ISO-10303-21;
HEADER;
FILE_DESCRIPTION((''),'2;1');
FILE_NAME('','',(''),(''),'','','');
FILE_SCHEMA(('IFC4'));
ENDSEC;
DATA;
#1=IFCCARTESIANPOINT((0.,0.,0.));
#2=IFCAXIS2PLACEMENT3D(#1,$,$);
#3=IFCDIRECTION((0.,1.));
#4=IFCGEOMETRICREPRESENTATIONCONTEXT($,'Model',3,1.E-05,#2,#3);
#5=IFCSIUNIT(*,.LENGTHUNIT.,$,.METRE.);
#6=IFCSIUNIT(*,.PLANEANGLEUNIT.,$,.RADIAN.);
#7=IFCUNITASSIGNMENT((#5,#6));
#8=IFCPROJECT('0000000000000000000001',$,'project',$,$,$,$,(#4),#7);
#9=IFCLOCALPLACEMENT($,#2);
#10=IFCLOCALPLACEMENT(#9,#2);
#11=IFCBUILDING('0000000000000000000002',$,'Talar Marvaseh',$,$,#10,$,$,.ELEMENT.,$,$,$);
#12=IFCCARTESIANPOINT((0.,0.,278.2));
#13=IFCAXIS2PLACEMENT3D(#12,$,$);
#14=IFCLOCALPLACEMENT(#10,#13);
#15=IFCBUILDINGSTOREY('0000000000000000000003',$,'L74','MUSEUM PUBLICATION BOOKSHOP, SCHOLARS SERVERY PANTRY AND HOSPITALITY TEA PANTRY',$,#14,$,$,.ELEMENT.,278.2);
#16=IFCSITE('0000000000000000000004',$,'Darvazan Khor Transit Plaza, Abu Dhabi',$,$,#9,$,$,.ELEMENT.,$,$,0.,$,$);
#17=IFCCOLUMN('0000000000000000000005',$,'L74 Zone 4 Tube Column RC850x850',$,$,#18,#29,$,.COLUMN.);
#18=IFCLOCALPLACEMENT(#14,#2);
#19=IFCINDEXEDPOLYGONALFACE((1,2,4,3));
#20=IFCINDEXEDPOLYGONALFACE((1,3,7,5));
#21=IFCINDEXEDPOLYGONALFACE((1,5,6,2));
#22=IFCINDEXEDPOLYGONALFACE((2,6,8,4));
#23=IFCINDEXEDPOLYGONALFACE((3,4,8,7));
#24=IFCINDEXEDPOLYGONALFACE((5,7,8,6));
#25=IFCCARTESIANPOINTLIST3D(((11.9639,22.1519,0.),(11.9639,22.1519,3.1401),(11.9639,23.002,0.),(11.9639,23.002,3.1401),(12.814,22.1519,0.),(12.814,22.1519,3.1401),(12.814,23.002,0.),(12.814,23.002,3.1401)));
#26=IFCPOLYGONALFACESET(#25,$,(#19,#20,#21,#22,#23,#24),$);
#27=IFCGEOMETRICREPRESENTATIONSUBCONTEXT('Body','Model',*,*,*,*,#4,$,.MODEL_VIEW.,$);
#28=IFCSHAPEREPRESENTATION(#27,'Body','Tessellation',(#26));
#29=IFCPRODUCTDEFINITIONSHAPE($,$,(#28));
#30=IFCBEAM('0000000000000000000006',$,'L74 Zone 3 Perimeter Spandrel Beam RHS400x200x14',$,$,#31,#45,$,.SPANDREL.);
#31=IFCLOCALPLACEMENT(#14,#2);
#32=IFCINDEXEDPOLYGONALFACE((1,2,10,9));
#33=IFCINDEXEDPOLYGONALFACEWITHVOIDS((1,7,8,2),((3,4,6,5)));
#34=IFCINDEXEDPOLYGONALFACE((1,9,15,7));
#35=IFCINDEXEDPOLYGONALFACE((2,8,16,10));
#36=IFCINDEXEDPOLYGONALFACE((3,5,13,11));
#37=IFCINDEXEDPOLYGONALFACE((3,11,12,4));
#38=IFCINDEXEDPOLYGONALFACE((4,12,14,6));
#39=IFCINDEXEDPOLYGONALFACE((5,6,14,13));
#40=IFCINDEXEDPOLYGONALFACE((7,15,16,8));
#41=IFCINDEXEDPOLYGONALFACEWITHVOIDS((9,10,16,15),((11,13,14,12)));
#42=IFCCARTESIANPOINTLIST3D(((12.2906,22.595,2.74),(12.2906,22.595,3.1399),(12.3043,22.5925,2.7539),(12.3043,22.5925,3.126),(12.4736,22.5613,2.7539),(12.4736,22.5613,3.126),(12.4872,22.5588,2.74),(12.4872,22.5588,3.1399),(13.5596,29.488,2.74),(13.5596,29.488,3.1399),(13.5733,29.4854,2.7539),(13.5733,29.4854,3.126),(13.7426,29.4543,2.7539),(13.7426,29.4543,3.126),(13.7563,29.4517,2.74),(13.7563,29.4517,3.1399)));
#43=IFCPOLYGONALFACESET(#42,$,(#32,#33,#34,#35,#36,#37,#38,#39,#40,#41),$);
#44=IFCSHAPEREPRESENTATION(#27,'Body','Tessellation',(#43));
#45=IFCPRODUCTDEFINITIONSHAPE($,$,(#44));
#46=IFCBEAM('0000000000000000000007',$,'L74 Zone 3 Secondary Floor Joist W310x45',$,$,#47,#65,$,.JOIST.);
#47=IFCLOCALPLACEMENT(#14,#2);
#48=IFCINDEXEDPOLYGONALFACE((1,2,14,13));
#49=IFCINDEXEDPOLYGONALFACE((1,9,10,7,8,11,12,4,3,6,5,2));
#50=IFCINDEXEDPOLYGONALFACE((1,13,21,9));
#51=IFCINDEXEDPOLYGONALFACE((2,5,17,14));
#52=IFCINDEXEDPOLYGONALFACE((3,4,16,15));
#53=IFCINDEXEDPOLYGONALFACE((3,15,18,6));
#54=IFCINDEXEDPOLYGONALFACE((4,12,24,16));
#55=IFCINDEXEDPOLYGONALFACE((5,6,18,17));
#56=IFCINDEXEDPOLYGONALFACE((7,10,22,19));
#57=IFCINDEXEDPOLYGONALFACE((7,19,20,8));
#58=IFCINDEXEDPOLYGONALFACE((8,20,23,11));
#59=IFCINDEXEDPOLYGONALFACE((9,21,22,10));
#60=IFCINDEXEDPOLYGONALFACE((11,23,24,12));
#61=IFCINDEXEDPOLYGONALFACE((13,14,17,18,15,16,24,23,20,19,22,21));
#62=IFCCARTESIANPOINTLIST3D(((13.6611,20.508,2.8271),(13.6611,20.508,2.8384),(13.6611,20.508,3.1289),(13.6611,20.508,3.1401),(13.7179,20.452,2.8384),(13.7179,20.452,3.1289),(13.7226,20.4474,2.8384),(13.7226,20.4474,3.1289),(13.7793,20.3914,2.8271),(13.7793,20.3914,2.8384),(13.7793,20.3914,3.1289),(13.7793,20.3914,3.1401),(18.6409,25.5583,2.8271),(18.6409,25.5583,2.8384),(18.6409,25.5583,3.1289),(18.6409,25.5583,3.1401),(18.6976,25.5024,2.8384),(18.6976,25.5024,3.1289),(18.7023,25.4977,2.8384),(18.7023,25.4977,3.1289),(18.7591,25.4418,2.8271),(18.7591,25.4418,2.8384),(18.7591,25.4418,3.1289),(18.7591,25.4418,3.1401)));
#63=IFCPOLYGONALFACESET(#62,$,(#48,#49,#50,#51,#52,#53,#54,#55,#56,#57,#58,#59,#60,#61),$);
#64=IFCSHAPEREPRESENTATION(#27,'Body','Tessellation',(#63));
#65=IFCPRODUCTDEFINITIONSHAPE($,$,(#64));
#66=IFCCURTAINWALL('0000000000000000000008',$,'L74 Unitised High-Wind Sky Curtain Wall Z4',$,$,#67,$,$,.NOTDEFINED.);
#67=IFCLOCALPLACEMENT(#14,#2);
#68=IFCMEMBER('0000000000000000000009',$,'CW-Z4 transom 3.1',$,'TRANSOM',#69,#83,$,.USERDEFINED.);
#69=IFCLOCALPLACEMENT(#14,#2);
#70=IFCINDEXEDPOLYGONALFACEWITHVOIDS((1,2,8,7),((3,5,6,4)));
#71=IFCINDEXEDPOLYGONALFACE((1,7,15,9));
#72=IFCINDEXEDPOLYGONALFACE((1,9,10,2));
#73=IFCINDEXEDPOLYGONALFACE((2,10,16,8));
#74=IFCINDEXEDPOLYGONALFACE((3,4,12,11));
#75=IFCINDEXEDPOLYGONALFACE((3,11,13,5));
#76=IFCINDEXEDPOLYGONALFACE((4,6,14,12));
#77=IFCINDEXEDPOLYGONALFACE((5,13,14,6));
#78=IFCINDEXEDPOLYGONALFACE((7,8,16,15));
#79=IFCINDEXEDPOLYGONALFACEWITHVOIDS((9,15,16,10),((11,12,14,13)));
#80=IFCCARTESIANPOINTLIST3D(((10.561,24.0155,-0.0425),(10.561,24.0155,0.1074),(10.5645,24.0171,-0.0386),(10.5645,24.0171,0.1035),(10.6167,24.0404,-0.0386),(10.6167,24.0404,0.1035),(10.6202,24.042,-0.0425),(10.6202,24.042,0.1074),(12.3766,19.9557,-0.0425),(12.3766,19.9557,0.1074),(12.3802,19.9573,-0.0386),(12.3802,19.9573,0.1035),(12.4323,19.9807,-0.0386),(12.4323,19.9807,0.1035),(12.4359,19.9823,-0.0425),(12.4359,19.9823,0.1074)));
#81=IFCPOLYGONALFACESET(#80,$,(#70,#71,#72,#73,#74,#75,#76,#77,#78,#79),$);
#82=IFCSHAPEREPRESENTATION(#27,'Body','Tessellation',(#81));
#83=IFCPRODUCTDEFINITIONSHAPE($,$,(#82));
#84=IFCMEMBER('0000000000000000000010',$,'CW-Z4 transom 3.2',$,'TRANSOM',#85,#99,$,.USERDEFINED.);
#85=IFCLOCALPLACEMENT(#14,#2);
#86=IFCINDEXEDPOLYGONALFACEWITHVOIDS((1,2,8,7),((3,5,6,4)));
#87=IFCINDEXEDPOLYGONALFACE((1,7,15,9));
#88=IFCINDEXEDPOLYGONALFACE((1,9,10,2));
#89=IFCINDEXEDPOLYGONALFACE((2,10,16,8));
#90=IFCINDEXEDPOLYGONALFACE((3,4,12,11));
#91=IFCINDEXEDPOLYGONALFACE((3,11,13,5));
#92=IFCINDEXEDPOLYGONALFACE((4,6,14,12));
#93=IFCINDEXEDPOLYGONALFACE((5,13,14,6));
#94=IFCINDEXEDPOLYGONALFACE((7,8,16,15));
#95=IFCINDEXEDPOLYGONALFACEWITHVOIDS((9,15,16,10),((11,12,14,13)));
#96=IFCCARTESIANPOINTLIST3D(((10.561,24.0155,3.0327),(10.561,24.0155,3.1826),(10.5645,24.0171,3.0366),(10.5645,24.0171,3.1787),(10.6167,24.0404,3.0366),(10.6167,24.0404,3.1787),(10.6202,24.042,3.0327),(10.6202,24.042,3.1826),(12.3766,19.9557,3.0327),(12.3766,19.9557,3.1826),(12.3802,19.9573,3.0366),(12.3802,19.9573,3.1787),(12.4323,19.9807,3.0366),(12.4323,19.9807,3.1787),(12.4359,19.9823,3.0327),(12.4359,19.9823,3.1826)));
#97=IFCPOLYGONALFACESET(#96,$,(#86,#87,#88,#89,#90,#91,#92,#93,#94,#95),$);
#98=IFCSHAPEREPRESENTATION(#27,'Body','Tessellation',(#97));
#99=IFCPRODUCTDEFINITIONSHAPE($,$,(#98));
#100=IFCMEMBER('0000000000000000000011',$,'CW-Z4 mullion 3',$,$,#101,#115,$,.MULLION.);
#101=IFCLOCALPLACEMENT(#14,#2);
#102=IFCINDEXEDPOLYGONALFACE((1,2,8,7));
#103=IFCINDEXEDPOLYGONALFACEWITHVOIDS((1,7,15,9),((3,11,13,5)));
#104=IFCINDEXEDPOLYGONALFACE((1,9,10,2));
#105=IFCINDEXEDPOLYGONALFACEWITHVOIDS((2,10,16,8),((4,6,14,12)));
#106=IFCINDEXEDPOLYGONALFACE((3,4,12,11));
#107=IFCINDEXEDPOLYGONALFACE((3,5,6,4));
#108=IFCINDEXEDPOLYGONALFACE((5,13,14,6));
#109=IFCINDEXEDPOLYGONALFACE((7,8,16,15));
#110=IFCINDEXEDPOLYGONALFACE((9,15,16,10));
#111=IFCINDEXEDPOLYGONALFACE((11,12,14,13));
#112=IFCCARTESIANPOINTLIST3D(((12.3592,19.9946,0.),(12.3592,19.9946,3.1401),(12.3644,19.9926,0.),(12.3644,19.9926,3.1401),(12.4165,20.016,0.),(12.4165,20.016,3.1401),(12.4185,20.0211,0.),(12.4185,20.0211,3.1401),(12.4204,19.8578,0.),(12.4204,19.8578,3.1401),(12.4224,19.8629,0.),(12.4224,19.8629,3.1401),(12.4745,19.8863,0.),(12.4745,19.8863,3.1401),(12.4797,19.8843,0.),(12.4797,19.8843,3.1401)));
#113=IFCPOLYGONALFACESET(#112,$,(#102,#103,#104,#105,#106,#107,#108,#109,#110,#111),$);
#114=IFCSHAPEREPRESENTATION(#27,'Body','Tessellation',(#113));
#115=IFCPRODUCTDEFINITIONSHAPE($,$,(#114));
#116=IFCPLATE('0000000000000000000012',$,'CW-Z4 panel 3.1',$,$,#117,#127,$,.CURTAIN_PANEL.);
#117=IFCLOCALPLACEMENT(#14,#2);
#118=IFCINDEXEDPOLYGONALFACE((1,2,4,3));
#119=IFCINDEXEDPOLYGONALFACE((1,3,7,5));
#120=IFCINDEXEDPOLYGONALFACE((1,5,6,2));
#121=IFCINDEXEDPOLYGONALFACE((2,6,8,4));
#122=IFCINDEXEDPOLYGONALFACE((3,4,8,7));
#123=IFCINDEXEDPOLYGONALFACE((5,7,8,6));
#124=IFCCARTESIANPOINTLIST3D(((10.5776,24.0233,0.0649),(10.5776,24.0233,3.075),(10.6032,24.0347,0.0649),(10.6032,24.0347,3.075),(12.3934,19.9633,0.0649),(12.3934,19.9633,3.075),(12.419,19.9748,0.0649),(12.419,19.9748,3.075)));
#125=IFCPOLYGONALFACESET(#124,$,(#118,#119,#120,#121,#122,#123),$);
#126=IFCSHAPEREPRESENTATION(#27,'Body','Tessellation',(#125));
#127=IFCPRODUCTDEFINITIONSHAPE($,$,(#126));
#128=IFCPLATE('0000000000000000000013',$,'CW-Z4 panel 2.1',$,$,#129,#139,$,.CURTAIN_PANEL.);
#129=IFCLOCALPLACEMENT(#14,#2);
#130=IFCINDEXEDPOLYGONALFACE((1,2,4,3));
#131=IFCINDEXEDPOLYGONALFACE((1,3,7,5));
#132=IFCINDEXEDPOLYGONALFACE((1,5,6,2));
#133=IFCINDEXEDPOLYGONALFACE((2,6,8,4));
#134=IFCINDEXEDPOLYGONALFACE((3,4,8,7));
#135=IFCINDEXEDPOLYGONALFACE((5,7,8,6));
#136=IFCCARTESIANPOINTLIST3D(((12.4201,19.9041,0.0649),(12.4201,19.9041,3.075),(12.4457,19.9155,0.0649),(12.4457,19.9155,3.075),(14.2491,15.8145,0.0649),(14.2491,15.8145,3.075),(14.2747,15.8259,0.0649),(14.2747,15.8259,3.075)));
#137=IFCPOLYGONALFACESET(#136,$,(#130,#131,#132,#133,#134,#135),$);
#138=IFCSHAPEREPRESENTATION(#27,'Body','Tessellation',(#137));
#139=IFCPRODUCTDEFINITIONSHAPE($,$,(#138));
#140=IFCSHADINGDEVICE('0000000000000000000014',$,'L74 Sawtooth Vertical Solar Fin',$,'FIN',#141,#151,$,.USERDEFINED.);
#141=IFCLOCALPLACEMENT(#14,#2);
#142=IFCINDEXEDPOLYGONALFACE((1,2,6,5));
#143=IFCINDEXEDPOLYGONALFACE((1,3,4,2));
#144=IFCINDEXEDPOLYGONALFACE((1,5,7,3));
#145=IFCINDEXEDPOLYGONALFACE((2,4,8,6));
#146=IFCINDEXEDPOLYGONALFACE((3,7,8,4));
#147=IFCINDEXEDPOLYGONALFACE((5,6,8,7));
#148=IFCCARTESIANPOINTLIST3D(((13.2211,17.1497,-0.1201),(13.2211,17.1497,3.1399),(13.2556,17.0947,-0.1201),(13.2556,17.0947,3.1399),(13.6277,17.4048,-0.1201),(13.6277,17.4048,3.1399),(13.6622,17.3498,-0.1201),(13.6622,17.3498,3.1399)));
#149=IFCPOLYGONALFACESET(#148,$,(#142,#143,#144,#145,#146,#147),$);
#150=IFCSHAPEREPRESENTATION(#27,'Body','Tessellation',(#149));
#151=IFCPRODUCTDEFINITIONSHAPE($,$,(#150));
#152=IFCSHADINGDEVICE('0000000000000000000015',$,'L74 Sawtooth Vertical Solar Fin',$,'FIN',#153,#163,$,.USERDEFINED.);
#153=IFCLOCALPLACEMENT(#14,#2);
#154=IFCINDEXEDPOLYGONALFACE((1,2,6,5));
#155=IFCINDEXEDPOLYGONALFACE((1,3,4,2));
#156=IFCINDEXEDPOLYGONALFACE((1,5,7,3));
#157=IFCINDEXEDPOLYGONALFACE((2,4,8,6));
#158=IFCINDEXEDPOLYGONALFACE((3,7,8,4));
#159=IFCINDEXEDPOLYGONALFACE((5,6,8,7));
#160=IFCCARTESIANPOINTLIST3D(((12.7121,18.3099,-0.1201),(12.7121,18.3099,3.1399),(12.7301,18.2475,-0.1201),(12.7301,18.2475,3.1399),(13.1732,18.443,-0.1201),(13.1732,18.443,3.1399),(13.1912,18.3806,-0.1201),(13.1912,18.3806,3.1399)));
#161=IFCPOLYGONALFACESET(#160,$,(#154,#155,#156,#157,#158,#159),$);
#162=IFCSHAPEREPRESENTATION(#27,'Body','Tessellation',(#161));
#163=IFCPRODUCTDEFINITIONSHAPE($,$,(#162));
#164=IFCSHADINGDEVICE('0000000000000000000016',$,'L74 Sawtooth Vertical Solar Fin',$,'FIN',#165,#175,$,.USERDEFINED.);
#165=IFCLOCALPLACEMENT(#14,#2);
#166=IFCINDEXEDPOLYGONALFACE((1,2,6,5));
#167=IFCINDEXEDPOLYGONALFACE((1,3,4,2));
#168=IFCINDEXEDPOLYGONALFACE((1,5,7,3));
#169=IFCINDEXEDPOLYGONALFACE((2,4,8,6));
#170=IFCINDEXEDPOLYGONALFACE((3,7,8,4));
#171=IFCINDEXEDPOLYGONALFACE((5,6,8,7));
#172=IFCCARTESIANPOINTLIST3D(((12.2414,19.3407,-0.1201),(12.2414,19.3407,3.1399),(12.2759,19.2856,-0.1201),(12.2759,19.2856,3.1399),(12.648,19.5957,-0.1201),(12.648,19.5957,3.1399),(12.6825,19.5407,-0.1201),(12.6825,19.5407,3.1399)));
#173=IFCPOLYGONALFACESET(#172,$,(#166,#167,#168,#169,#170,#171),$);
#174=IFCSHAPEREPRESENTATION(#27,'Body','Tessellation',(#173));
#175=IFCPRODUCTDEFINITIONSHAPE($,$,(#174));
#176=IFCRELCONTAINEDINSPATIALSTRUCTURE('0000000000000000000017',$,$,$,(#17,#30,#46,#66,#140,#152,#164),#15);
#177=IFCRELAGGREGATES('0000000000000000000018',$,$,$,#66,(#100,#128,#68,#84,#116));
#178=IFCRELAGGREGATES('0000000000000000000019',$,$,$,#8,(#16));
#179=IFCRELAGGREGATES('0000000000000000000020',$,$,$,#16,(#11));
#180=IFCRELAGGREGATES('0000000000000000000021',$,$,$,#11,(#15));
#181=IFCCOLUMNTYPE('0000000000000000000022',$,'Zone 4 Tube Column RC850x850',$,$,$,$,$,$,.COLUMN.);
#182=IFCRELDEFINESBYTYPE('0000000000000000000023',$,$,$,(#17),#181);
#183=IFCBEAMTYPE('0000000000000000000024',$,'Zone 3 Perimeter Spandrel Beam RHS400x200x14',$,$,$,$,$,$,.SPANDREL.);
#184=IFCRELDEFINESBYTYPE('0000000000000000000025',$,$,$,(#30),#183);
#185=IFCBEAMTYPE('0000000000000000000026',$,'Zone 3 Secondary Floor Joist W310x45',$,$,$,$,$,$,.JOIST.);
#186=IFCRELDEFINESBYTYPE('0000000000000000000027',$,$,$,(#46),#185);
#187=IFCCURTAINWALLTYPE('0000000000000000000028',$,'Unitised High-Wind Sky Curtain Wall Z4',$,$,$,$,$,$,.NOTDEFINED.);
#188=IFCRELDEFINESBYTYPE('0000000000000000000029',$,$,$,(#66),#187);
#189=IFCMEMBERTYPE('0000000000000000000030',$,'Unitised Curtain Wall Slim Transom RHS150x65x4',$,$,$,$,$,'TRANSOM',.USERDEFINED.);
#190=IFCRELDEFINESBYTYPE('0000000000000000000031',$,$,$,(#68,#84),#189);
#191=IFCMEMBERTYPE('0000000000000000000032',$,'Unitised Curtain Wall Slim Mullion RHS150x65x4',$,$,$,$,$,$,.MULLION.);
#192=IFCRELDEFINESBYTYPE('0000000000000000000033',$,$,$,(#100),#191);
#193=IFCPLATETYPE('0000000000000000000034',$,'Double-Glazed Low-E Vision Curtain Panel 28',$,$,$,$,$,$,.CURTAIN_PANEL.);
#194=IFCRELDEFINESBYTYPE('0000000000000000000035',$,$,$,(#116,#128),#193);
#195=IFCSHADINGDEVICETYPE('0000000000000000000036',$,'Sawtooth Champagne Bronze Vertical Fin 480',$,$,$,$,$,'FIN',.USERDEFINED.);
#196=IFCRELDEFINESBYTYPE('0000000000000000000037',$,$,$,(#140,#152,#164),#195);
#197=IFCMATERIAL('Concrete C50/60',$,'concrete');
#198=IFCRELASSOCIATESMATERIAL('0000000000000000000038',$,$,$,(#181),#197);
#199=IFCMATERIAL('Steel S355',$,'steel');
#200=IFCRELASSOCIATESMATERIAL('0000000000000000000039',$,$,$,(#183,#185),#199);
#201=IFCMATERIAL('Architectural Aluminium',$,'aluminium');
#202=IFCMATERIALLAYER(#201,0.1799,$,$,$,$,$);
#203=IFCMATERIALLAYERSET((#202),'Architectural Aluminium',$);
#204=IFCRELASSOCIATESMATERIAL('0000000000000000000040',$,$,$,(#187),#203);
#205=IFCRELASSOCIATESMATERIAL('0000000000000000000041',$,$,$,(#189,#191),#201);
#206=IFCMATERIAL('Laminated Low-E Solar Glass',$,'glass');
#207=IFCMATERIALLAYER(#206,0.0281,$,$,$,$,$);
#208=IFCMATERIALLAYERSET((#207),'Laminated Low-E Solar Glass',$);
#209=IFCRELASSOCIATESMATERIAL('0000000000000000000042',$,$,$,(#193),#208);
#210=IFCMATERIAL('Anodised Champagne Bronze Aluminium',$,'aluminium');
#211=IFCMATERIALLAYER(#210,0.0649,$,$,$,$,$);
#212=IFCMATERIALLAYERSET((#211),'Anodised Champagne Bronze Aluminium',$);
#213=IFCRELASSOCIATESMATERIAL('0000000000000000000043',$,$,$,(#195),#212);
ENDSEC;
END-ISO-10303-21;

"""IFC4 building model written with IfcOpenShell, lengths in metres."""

from ifc_helpers import new_model, si_unit, direction, frame, origin, origin_2d, place, context, subcontext, project, spatial, rectangle, hollow_rectangle, i_section, extrude, source, transform, mapped, material, layer, layer_set, material_profile, profile_set, type_object, type_shapes, element, aggregate, save


model = new_model("IFC4")

# Units and contexts
model_context = context("Model", 3, precision=1e-05, world=origin(), true_north=direction((0.0, 1.0)))
body_context = subcontext(model_context, "Body", "Model", "MODEL_VIEW")
ifc_project = project(units=[si_unit("LENGTHUNIT", "METRE"), si_unit("PLANEANGLEUNIT", "RADIAN")], contexts=[model_context])

# Site, building, storey
site_placement = place(None, origin())
site = spatial("IfcSite", under=ifc_project, at=site_placement, Name="Darvazan Khor Transit Plaza, Abu Dhabi", CompositionType="ELEMENT", RefElevation=0.0)
building_placement = place(site_placement, origin())
building = spatial("IfcBuilding", under=site, at=building_placement, Name="Talar Marvaseh", CompositionType="ELEMENT")
storey_placement = place(building_placement, frame((0.0, 0.0, 278.2)))
storey = spatial("IfcBuildingStorey", under=building, at=storey_placement, Name="L74", Description="MUSEUM PUBLICATION BOOKSHOP, SCHOLARS SERVERY PANTRY AND HOSPITALITY TEA PANTRY", CompositionType="ELEMENT", Elevation=278.2)

# Column
ifc_material_1 = material(Name="Concrete C50/60", Category="concrete")
ifc_material_profile_1 = material_profile(ifc_material_1, rectangle(XDim=0.8501, YDim=0.8501, at=origin_2d()), Name="RC850x850")
ifc_profile_set_1 = profile_set([ifc_material_profile_1], Name="Concrete C50/60")
column_type = type_object("IfcColumnType", Name="Zone 4 Tube Column RC850x850", PredefinedType="COLUMN", material=ifc_profile_set_1)
column_placement = place(storey_placement, frame((12.3889, 22.5769, 0.0), z_axis=(0.0, 0.0, 1.0), x_axis=(1.0, 0.0, 0.0)))
element("IfcColumn", 1, at=column_placement, inside=storey, type_object=column_type, Name="L74 Zone 4 Tube Column RC850x850", PredefinedType="COLUMN", context=body_context, shape_type="SweptSolid", body=[
    extrude(rectangle(XDim=0.8501, YDim=0.8501, at=origin_2d()), origin(), (0.0, 0.0, 1.0), 3.1401),
])

# Beams
ifc_material_2 = material(Name="Steel S355", Category="steel")
ifc_material_profile_2 = material_profile(ifc_material_2, hollow_rectangle(XDim=0.2, YDim=0.3999, WallThickness=0.0139, at=origin_2d()), Name="RHS400x200x14")
ifc_profile_set_2 = profile_set([ifc_material_profile_2], Name="Steel S355")
beam_type_1 = type_object("IfcBeamType", Name="Zone 3 Perimeter Spandrel Beam RHS400x200x14", PredefinedType="SPANDREL", material=ifc_profile_set_2)
beam_1_placement = place(storey_placement, frame((12.3889, 22.5769, 2.9399), z_axis=(0.181061, 0.983472, 0.0), x_axis=(-0.983472, 0.181061, 0.0)))
element("IfcBeam", 2, at=beam_1_placement, inside=storey, type_object=beam_type_1, Name="L74 Zone 3 Perimeter Spandrel Beam RHS400x200x14", PredefinedType="SPANDREL", context=body_context, shape_type="SweptSolid", body=[
    extrude(hollow_rectangle(XDim=0.2, YDim=0.3999, WallThickness=0.0139, at=origin_2d()), origin(), (0.0, 0.0, 1.0), 7.0088),
])
ifc_material_profile_3 = material_profile(ifc_material_2, i_section(OverallWidth=0.166, OverallDepth=0.313, WebThickness=0.0066, FlangeThickness=0.0112, at=origin_2d()), Name="W310x45")
ifc_profile_set_3 = profile_set([ifc_material_profile_3], Name="Steel S355")
beam_type_2 = type_object("IfcBeamType", Name="Zone 3 Secondary Floor Joist W310x45", PredefinedType="JOIST", material=ifc_profile_set_3)
beam_2_placement = place(storey_placement, frame((13.7202, 20.4497, 2.9836), z_axis=(0.702115, 0.712063, 0.0), x_axis=(-0.712063, 0.702115, 0.0)))
element("IfcBeam", 3, at=beam_2_placement, inside=storey, type_object=beam_type_2, Name="L74 Zone 3 Secondary Floor Joist W310x45", PredefinedType="JOIST", context=body_context, shape_type="SweptSolid", body=[
    extrude(i_section(OverallWidth=0.166, OverallDepth=0.313, WebThickness=0.0066, FlangeThickness=0.0112, at=origin_2d()), origin(), (0.0, 0.0, 1.0), 7.0925),
])

# Curtain wall, members, plates
ifc_material_3 = material(Name="Architectural Aluminium", Category="aluminium")
ifc_layer_1 = layer(ifc_material_3, 0.1799)
ifc_layer_set_1 = layer_set([ifc_layer_1], Name="Architectural Aluminium")
curtain_wall_type = type_object("IfcCurtainWallType", Name="Unitised High-Wind Sky Curtain Wall Z4", PredefinedType="NOTDEFINED", material=ifc_layer_set_1)
curtain_wall_placement = place(storey_placement, origin())
curtain_wall = element("IfcCurtainWall", 4, at=curtain_wall_placement, inside=storey, type_object=curtain_wall_type, Name="L74 Unitised High-Wind Sky Curtain Wall Z4", PredefinedType="NOTDEFINED")
ifc_material_profile_4 = material_profile(ifc_material_3, hollow_rectangle(XDim=0.0649, YDim=0.1499, WallThickness=0.0039, at=origin_2d()), Name="RHS150x65x4")
ifc_profile_set_4 = profile_set([ifc_material_profile_4], Name="Architectural Aluminium")
member_type_1 = type_object("IfcMemberType", Name="Unitised Curtain Wall Slim Transom RHS150x65x4", ElementType="TRANSOM", PredefinedType="USERDEFINED", material=ifc_profile_set_4)
shared_shape_1 = source(origin(), body_context, "Body", "SweptSolid", [
    extrude(hollow_rectangle(XDim=0.0649, YDim=0.1499, WallThickness=0.0039, at=origin_2d()), origin(), (0.0, 0.0, 1.0), 4.4473),
])
type_shapes(member_type_1, [shared_shape_1])
member_1_placement = place(storey_placement, frame((12.4062, 19.969, 0.0325), z_axis=(-0.408261, 0.912865, 0.0), x_axis=(-0.912865, -0.408261, 0.0)))
member_1 = element("IfcMember", 5, at=member_1_placement, type_object=member_type_1, Name="CW-Z4 transom 3.1", ObjectType="TRANSOM", PredefinedType="USERDEFINED", context=body_context, shape_type="MappedRepresentation", body=[
    mapped(shared_shape_1, transform((0.0, 0.0, 0.0), x_axis=(1.0, 0.0, 0.0), y_axis=(0.0, 1.0, 0.0), z_axis=(0.0, 0.0, 1.0), scale=1.0)),
])
member_2_placement = place(storey_placement, frame((12.4062, 19.969, 3.1077), z_axis=(-0.408261, 0.912865, 0.0), x_axis=(-0.912865, -0.408261, 0.0)))
member_2 = element("IfcMember", 6, at=member_2_placement, type_object=member_type_1, Name="CW-Z4 transom 3.2", ObjectType="TRANSOM", PredefinedType="USERDEFINED", context=body_context, shape_type="MappedRepresentation", body=[
    mapped(shared_shape_1, transform((0.0, 0.0, 0.0), x_axis=(1.0, 0.0, 0.0), y_axis=(0.0, 1.0, 0.0), z_axis=(0.0, 0.0, 1.0), scale=1.0)),
])
ifc_material_profile_5 = material_profile(ifc_material_3, hollow_rectangle(XDim=0.0649, YDim=0.1499, WallThickness=0.0039, at=origin_2d()), Name="RHS150x65x4")
ifc_profile_set_5 = profile_set([ifc_material_profile_5], Name="Architectural Aluminium")
member_type_2 = type_object("IfcMemberType", Name="Unitised Curtain Wall Slim Mullion RHS150x65x4", PredefinedType="MULLION", material=ifc_profile_set_5)
shared_shape_2 = source(origin(), body_context, "Body", "SweptSolid", [
    extrude(hollow_rectangle(XDim=0.0649, YDim=0.1499, WallThickness=0.0039, at=origin_2d()), origin(), (0.0, 0.0, 1.0), 3.1401),
])
type_shapes(member_type_2, [shared_shape_2])
member_3_placement = place(storey_placement, frame((12.4194, 19.9395, 0.0), z_axis=(0.0, 0.0, 1.0), x_axis=(-0.912862, -0.408267, 0.0)))
member_3 = element("IfcMember", 7, at=member_3_placement, type_object=member_type_2, Name="CW-Z4 mullion 3", PredefinedType="MULLION", context=body_context, shape_type="MappedRepresentation", body=[
    mapped(shared_shape_2, transform((0.0, 0.0, 0.0), x_axis=(1.0, 0.0, 0.0), y_axis=(0.0, 1.0, 0.0), z_axis=(0.0, 0.0, 1.0), scale=1.0)),
])
ifc_material_4 = material(Name="Laminated Low-E Solar Glass", Category="glass")
ifc_layer_2 = layer(ifc_material_4, 0.0281)
ifc_layer_set_2 = layer_set([ifc_layer_2], Name="Laminated Low-E Solar Glass")
plate_type = type_object("IfcPlateType", Name="Double-Glazed Low-E Vision Curtain Panel 28", PredefinedType="CURTAIN_PANEL", material=ifc_layer_set_2)
shared_shape_3 = source(origin(), body_context, "Body", "SweptSolid", [
    extrude(rectangle(XDim=4.4475, YDim=0.0281, at=origin_2d()), origin(), (0.0, 0.0, 1.0), 3.01),
])
plate_1_placement = place(storey_placement, frame((11.4983, 21.999, 0.0649), z_axis=(0.0, 0.0, 1.0), x_axis=(-0.408267, 0.912862, 0.0)))
plate_1 = element("IfcPlate", 8, at=plate_1_placement, type_object=plate_type, Name="CW-Z4 panel 3.1", PredefinedType="CURTAIN_PANEL", context=body_context, shape_type="MappedRepresentation", body=[
    mapped(shared_shape_3, transform((0.0, 0.0, 0.0), x_axis=(1.0, 0.0, 0.0), y_axis=(0.0, 1.0, 0.0), z_axis=(0.0, 0.0, 1.0), scale=1.0)),
])
shared_shape_4 = source(origin(), body_context, "Body", "SweptSolid", [
    extrude(rectangle(XDim=4.48, YDim=0.0281, at=origin_2d()), origin(), (0.0, 0.0, 1.0), 3.01),
])
type_shapes(plate_type, [shared_shape_3, shared_shape_4])
plate_2_placement = place(storey_placement, frame((13.3474, 17.865, 0.0649), z_axis=(0.0, 0.0, 1.0), x_axis=(-0.408267, 0.912862, 0.0)))
plate_2 = element("IfcPlate", 9, at=plate_2_placement, type_object=plate_type, Name="CW-Z4 panel 2.1", PredefinedType="CURTAIN_PANEL", context=body_context, shape_type="MappedRepresentation", body=[
    mapped(shared_shape_4, transform((0.0, 0.0, 0.0), x_axis=(1.0, 0.0, 0.0), y_axis=(0.0, 1.0, 0.0), z_axis=(0.0, 0.0, 1.0), scale=1.0)),
])
aggregate(curtain_wall, [member_3, plate_2, member_1, member_2, plate_1])

# Shading devices
ifc_material_5 = material(Name="Anodised Champagne Bronze Aluminium", Category="aluminium")
ifc_layer_3 = layer(ifc_material_5, 0.0649)
ifc_layer_set_3 = layer_set([ifc_layer_3], Name="Anodised Champagne Bronze Aluminium")
shading_device_type_1 = type_object("IfcShadingDeviceType", Name="Sawtooth Champagne Bronze Vertical Fin 480", ElementType="FIN", PredefinedType="USERDEFINED", material=ifc_layer_set_3)
shared_shape_5 = source(origin(), body_context, "Body", "SweptSolid", [
    extrude(rectangle(XDim=0.48, YDim=0.0649, at=origin_2d()), origin(), (0.0, 0.0, 1.0), 3.26),
])
type_shapes(shading_device_type_1, [shared_shape_5])
for number, where, z_axis, x_axis, name in (
    (10, (13.4417, 17.2498, -0.1201), (0.0, 0.0, 1.0), (-0.847122, -0.531399, 0.0), "L74 Sawtooth Vertical Solar Fin"),
    (11, (12.9517, 18.3452, -0.1201), (0.0, 0.0, 1.0), (-0.960779, -0.277315, 0.0), "L74 Sawtooth Vertical Solar Fin"),
    (12, (12.4619, 19.4407, -0.1201), (0.0, 0.0, 1.0), (-0.847122, -0.531399, 0.0), "L74 Sawtooth Vertical Solar Fin"),
):
    element("IfcShadingDevice", number, at=place(storey_placement, frame(where, z_axis=z_axis, x_axis=x_axis)), inside=storey, type_object=shading_device_type_1, Name=name, ObjectType="FIN", PredefinedType="USERDEFINED", context=body_context, shape_type="MappedRepresentation", body=[
        mapped(shared_shape_5, transform((0.0, 0.0, 0.0), x_axis=(1.0, 0.0, 0.0), y_axis=(0.0, 1.0, 0.0), z_axis=(0.0, 0.0, 1.0), scale=1.0)),
    ])

save(model, "model.ifc")
